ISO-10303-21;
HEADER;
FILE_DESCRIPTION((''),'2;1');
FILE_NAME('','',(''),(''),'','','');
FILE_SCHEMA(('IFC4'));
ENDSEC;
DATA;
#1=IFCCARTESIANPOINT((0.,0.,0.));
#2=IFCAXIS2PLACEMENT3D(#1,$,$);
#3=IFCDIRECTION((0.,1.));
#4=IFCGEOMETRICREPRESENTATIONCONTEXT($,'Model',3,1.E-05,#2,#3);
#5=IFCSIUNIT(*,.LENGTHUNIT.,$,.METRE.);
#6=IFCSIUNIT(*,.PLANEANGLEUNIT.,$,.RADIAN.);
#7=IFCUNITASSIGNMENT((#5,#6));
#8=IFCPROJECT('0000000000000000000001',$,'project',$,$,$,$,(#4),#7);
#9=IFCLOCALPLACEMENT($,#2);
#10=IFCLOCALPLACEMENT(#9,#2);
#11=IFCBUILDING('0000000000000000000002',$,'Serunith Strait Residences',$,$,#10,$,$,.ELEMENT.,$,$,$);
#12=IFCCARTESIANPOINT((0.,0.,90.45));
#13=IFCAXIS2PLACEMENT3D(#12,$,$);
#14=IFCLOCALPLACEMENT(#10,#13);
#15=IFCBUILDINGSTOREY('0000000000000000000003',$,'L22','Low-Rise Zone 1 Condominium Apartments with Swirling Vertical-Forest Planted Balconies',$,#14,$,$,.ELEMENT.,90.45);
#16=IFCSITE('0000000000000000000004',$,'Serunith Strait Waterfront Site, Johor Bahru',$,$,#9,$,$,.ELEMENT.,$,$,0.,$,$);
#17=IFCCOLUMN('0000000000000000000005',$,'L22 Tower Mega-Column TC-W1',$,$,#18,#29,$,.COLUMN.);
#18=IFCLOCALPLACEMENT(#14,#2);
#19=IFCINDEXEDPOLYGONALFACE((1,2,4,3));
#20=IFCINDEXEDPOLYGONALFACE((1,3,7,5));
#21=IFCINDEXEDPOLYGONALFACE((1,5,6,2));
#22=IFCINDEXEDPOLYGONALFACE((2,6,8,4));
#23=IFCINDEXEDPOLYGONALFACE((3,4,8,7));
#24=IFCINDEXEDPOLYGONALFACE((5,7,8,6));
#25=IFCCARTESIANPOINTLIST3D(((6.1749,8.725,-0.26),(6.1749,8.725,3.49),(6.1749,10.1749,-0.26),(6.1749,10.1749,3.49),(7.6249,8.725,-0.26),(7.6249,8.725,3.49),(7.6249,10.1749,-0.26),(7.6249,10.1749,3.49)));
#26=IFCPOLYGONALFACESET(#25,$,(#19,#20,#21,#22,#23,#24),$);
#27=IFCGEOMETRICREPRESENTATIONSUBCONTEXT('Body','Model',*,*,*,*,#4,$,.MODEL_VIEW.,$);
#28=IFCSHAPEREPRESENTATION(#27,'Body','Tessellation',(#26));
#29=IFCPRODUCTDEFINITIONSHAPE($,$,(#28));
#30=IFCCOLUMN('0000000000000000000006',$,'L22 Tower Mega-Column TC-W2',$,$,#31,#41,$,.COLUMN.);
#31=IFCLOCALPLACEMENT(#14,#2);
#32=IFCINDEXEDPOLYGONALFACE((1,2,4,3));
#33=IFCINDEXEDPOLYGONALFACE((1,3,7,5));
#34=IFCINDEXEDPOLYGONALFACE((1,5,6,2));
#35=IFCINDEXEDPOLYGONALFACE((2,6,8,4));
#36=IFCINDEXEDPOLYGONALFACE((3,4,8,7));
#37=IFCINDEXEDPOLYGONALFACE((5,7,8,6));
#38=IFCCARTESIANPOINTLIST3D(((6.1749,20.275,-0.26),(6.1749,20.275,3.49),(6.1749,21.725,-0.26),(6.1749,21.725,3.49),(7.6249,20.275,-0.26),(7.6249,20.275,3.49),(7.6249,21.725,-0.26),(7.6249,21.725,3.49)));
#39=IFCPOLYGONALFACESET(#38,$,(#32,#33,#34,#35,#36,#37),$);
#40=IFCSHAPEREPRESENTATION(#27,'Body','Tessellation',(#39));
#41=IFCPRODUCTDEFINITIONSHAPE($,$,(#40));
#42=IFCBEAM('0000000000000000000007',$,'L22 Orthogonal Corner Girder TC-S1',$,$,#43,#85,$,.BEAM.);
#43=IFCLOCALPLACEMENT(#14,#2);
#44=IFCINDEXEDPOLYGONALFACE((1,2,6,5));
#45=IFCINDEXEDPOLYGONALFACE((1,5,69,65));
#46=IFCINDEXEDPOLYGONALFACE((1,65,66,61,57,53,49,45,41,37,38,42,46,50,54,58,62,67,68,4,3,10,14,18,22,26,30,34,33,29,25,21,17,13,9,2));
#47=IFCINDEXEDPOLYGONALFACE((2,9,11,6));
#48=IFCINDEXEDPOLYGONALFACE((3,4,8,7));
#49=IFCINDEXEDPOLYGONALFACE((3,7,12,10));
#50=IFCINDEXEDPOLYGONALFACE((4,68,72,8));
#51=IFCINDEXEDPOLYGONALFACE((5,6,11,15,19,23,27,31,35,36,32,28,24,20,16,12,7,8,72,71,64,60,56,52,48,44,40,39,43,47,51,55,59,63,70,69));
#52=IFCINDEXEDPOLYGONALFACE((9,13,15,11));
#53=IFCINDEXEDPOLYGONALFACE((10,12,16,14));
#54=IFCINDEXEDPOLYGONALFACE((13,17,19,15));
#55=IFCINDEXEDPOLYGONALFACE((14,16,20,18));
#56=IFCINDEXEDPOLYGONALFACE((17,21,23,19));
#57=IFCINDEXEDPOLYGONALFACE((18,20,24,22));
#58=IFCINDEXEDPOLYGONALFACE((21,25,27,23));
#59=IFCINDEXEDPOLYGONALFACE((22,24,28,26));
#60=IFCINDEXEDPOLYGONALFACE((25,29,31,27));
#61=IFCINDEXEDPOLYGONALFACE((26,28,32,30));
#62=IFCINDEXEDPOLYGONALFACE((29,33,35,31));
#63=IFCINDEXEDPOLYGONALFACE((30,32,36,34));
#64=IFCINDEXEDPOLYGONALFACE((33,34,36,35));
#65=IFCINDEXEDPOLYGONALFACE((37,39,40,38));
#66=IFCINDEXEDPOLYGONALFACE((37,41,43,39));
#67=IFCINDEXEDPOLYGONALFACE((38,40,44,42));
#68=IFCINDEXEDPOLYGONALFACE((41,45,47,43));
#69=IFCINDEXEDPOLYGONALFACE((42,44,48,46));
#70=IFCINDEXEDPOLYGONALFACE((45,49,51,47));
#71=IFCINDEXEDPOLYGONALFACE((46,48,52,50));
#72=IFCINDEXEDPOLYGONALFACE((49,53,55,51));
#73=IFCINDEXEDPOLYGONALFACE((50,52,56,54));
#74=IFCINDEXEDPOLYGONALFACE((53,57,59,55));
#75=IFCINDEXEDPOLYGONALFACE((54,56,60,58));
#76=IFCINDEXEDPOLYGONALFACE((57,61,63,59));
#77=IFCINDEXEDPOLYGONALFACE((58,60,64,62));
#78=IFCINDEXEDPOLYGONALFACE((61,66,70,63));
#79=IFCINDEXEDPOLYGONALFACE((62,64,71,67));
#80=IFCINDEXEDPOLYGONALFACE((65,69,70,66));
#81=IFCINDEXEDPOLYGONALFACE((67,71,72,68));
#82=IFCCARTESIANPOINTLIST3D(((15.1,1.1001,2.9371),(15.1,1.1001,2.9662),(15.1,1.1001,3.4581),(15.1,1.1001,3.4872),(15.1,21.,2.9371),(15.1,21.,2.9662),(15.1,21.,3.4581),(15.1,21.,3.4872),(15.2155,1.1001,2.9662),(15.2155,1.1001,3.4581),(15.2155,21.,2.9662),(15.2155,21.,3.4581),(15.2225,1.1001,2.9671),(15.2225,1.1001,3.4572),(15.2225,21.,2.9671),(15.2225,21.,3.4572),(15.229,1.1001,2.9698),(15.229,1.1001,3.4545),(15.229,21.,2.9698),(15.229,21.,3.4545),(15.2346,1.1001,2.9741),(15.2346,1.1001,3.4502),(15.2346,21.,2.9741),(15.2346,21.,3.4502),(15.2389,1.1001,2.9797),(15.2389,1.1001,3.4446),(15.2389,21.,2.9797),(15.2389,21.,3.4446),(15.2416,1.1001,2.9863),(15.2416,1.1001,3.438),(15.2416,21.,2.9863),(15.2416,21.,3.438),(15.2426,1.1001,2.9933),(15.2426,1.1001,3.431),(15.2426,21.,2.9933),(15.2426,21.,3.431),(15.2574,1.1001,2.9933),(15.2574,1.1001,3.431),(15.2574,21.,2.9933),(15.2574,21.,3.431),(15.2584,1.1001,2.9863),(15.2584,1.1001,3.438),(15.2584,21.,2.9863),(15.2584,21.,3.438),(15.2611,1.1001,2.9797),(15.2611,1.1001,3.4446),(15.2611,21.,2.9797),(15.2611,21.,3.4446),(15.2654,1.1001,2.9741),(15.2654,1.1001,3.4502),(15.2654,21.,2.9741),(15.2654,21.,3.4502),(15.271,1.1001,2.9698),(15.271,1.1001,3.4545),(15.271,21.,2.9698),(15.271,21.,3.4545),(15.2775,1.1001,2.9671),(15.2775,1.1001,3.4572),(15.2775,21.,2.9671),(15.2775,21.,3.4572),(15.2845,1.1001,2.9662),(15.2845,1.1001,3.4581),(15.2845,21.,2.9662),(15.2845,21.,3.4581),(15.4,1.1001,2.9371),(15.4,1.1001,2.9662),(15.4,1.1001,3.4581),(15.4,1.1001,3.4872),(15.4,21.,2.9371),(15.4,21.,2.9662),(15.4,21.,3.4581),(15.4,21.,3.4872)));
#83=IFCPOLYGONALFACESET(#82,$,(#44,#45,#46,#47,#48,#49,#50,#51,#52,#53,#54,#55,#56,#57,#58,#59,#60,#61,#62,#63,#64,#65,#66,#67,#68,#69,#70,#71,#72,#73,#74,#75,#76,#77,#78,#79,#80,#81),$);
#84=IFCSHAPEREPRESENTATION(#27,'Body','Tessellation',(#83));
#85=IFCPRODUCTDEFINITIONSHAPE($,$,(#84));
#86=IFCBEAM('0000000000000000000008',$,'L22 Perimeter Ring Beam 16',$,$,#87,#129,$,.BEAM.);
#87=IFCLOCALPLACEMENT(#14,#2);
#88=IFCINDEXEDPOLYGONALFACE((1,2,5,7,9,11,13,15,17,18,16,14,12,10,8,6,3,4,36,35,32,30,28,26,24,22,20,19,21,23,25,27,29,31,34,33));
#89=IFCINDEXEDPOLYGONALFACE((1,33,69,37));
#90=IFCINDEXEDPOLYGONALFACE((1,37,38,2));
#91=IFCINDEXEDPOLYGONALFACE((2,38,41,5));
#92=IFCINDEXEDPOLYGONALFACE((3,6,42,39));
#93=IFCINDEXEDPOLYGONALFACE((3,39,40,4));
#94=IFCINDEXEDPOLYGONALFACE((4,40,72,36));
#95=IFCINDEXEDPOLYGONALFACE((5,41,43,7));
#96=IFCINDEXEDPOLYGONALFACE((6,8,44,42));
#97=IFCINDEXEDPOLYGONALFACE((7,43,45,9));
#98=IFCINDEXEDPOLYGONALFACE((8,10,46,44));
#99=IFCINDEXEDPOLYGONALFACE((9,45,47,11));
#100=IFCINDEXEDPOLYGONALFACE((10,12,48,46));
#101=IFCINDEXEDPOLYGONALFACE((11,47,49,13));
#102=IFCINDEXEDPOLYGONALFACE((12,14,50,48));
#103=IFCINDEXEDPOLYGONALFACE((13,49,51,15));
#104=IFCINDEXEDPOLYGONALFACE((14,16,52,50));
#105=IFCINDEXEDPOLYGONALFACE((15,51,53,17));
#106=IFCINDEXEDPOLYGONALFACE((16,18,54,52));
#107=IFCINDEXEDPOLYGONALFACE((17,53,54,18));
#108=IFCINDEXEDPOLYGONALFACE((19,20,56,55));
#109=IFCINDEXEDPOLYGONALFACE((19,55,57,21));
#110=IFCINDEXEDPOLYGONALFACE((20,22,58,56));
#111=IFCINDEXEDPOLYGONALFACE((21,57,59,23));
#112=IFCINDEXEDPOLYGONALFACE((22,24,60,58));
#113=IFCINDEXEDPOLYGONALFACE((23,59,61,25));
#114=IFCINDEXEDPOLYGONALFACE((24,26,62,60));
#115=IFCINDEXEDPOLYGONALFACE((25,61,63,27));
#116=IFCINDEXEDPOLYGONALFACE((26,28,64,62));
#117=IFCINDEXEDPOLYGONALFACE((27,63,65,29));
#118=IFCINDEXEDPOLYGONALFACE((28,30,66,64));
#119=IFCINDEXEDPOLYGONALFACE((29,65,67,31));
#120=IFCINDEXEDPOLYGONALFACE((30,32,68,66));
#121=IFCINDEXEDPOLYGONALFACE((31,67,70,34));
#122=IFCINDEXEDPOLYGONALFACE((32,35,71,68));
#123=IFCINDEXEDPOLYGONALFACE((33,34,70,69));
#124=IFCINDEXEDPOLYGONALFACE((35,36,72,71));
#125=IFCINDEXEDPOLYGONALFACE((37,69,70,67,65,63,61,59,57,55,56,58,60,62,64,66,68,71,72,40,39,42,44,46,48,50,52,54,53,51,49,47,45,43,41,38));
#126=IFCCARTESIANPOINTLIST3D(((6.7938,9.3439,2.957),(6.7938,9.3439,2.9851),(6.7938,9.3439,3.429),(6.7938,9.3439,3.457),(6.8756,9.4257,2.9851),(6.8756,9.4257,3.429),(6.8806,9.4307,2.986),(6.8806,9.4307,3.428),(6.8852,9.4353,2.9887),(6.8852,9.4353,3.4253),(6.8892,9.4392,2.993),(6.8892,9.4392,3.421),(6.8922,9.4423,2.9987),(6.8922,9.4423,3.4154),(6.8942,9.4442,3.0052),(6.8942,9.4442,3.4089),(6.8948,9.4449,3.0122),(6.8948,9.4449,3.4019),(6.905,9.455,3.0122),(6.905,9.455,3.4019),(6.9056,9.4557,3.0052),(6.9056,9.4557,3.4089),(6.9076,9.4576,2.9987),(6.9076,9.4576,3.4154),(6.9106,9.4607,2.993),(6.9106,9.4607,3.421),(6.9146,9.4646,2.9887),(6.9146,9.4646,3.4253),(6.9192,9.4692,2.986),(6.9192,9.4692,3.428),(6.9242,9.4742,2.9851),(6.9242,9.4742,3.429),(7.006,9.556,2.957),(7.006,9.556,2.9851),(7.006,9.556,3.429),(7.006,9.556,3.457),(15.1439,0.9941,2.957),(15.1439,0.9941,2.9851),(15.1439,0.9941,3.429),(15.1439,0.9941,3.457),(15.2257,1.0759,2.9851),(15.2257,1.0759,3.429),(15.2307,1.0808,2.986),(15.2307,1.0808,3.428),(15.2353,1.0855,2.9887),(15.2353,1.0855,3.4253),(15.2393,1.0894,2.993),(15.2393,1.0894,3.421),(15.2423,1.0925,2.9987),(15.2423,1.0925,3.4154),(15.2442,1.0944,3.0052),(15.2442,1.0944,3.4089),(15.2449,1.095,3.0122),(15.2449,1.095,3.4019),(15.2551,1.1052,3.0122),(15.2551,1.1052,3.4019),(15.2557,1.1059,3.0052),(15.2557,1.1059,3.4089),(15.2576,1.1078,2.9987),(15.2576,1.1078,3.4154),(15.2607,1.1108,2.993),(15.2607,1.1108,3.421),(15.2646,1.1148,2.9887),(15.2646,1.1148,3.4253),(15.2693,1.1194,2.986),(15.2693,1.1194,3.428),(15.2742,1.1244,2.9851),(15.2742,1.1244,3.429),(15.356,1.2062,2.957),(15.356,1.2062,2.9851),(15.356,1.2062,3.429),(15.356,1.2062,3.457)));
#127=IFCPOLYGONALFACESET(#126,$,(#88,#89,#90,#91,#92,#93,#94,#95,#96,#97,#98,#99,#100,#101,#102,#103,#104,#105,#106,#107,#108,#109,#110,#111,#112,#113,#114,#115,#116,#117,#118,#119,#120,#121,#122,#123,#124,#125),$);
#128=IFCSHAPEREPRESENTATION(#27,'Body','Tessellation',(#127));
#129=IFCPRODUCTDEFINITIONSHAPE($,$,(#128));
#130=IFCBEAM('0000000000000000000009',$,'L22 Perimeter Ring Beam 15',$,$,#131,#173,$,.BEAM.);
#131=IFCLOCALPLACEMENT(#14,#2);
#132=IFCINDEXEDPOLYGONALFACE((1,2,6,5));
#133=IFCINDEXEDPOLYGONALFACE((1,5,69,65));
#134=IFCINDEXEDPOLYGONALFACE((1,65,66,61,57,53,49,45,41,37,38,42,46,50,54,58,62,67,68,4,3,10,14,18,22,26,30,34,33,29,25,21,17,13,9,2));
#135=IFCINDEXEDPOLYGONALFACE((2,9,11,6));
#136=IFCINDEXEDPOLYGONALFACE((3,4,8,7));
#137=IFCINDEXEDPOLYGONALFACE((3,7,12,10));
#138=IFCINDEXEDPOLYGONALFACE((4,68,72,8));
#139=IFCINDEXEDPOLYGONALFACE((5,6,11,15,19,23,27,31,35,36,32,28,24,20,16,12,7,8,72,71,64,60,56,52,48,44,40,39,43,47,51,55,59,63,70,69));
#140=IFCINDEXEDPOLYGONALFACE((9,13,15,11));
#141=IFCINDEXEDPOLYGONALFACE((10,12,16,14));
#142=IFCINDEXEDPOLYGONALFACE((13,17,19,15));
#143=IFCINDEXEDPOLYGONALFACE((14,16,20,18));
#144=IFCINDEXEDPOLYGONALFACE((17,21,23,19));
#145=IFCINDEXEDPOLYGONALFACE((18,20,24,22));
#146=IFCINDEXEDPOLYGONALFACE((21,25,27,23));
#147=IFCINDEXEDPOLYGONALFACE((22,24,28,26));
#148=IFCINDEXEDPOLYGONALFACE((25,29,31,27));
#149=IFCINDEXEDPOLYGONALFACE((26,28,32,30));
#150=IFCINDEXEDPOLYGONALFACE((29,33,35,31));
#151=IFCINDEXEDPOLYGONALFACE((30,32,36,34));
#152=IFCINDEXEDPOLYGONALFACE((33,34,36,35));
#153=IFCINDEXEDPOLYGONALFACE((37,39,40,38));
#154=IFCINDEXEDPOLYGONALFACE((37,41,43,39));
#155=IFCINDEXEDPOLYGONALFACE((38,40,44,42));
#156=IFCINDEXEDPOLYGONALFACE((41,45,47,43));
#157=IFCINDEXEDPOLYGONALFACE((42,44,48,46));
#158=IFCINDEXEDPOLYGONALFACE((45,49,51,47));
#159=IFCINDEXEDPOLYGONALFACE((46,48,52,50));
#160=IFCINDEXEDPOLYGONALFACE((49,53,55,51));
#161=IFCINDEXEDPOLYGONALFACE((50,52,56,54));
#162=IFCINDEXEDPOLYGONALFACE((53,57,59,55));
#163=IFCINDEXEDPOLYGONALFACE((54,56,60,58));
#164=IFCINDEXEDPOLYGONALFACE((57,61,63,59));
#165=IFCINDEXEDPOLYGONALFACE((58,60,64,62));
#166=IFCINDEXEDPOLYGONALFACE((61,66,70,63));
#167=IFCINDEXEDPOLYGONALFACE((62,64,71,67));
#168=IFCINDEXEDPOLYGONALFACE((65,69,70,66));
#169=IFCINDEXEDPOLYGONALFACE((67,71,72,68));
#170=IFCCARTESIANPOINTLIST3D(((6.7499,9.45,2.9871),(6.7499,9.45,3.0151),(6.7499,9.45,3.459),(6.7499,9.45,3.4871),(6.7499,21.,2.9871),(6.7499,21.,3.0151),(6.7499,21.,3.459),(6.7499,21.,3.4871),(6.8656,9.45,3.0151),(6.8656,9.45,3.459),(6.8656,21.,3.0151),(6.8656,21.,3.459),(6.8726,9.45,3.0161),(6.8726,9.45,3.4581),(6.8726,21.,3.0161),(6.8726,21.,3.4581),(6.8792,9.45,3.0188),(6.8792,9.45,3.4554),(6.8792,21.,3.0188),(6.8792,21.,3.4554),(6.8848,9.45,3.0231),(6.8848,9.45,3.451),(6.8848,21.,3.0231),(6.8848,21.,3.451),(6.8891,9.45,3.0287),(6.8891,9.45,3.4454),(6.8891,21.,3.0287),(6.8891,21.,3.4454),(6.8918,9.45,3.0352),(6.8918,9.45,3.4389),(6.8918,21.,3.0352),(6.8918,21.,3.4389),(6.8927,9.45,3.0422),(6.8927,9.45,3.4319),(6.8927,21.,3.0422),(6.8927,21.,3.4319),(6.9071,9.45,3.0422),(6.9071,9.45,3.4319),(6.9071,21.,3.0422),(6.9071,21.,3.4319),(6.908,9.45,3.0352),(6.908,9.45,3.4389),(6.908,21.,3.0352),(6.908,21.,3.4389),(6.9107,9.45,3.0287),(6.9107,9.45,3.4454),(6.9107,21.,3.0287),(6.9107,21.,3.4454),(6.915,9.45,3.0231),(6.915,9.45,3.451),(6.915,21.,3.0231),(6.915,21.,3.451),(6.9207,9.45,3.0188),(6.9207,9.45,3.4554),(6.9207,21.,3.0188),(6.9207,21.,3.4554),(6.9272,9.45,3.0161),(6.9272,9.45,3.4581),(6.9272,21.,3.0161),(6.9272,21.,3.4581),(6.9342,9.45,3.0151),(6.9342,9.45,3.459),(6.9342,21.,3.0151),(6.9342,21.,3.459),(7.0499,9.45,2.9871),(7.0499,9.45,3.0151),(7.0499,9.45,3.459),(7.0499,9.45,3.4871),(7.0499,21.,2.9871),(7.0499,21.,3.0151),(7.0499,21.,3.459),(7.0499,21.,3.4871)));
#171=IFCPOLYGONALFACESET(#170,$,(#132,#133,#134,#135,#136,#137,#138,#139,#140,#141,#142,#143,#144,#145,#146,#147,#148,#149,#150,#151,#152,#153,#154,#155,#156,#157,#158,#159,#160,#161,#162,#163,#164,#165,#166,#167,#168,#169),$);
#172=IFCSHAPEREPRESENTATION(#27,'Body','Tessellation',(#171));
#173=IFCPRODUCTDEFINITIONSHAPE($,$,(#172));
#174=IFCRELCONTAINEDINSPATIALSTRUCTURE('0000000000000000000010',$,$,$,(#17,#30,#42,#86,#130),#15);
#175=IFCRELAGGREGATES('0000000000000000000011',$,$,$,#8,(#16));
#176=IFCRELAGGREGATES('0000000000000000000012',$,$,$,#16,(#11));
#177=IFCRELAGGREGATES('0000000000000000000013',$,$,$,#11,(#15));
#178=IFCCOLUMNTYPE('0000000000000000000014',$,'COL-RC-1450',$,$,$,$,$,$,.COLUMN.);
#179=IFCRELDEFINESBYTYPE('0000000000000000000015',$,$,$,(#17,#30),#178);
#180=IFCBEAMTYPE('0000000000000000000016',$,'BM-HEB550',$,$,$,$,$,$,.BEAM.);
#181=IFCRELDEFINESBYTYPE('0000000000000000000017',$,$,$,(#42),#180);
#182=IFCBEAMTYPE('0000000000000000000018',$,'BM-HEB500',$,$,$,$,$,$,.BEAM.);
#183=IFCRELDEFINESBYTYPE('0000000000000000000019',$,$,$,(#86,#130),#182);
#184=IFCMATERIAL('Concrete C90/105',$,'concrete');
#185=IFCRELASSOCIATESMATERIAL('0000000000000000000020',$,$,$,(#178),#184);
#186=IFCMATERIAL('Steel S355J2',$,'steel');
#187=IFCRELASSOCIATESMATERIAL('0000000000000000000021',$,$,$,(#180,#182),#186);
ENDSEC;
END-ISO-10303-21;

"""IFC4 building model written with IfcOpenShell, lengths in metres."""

from ifc_helpers import new_model, si_unit, direction, frame, origin, origin_2d, place, context, subcontext, project, spatial, rectangle, i_section, extrude, source, transform, mapped, material, material_profile, profile_set, type_object, element, save


model = new_model("IFC4")

# Units and contexts
model_context = context("Model", 3, precision=1e-05, world=origin(), true_north=direction((0.0, 1.0)))
body_context = subcontext(model_context, "Body", "Model", "MODEL_VIEW")
ifc_project = project(units=[si_unit("LENGTHUNIT", "METRE"), si_unit("PLANEANGLEUNIT", "RADIAN")], contexts=[model_context])

# Site, building, storey
site_placement = place(None, origin())
site = spatial("IfcSite", under=ifc_project, at=site_placement, Name="Serunith Strait Waterfront Site, Johor Bahru", CompositionType="ELEMENT", RefElevation=0.0)
building_placement = place(site_placement, origin())
building = spatial("IfcBuilding", under=site, at=building_placement, Name="Serunith Strait Residences", CompositionType="ELEMENT")
storey_placement = place(building_placement, frame((0.0, 0.0, 90.45)))
storey = spatial("IfcBuildingStorey", under=building, at=storey_placement, Name="L22", Description="Low-Rise Zone 1 Condominium Apartments with Swirling Vertical-Forest Planted Balconies", CompositionType="ELEMENT", Elevation=90.45)

# Columns
ifc_material_1 = material(Name="Concrete C90/105", Category="concrete")
ifc_material_profile_1 = material_profile(ifc_material_1, rectangle(XDim=1.45, YDim=1.45, at=origin_2d()), Name="RC 1450x1450")
ifc_profile_set_1 = profile_set([ifc_material_profile_1], Name="Concrete C90/105")
column_type = type_object("IfcColumnType", Name="COL-RC-1450", PredefinedType="COLUMN", material=ifc_profile_set_1)
shared_shape_1 = source(origin(), body_context, "Body", "SweptSolid", [
    extrude(rectangle(XDim=1.45, YDim=1.45, at=origin_2d()), origin(), (0.0, 0.0, 1.0), 3.75),
])
for number, where, z_axis, x_axis, name in (
    (1, (6.8999, 9.45, -0.26), (0.0, 0.0, 1.0), (1.0, 0.0, 0.0), "L22 Tower Mega-Column TC-W1"),
    (2, (6.8999, 21.0, -0.26), (0.0, 0.0, 1.0), (1.0, 0.0, 0.0), "L22 Tower Mega-Column TC-W2"),
):
    element("IfcColumn", number, at=place(storey_placement, frame(where, z_axis=z_axis, x_axis=x_axis)), inside=storey, type_object=column_type, Name=name, PredefinedType="COLUMN", context=body_context, shape_type="MappedRepresentation", body=[
        mapped(shared_shape_1, transform((0.0, 0.0, 0.0), scale=1.0)),
    ])

# Beams
ifc_material_2 = material(Name="Steel S355J2", Category="steel")
ifc_material_profile_2 = material_profile(ifc_material_2, i_section(OverallWidth=0.3, OverallDepth=0.55, WebThickness=0.0149, FlangeThickness=0.0291, FilletRadius=0.0271, at=origin_2d()), Name="HEB 550")
ifc_profile_set_2 = profile_set([ifc_material_profile_2], Name="Steel S355J2")
beam_type_1 = type_object("IfcBeamType", Name="BM-HEB550", PredefinedType="BEAM", material=ifc_profile_set_2)
shared_shape_2 = source(origin(), body_context, "Body", "SweptSolid", [
    extrude(i_section(OverallWidth=0.3, OverallDepth=0.55, WebThickness=0.0149, FlangeThickness=0.0291, FilletRadius=0.0271, at=origin_2d()), origin(), (0.0, 0.0, 1.0), 19.8999),
])
beam_1_placement = place(storey_placement, frame((15.25, 21.0, 3.2122), z_axis=(0.0, -1.0, 0.0), x_axis=(1.0, 0.0, 0.0)))
element("IfcBeam", 3, at=beam_1_placement, inside=storey, type_object=beam_type_1, Name="L22 Orthogonal Corner Girder TC-S1", PredefinedType="BEAM", context=body_context, shape_type="MappedRepresentation", body=[
    mapped(shared_shape_2, transform((0.0, 0.0, 0.0), scale=1.0)),
])
ifc_material_profile_3 = material_profile(ifc_material_2, i_section(OverallWidth=0.3, OverallDepth=0.5, WebThickness=0.0144, FlangeThickness=0.0281, FilletRadius=0.0271, at=origin_2d()), Name="HEB 500")
ifc_profile_set_3 = profile_set([ifc_material_profile_3], Name="Steel S355J2")
beam_type_2 = type_object("IfcBeamType", Name="BM-HEB500", PredefinedType="BEAM", material=ifc_profile_set_3)
shared_shape_3 = source(origin(), body_context, "Body", "SweptSolid", [
    extrude(i_section(OverallWidth=0.3, OverallDepth=0.5, WebThickness=0.0144, FlangeThickness=0.0281, FilletRadius=0.0271, at=origin_2d()), origin(), (0.0, 0.0, 1.0), 11.8086),
])
beam_2_placement = place(storey_placement, frame((6.8999, 9.45, 3.207), z_axis=(0.707117, -0.707096, 0.0), x_axis=(0.707096, 0.707117, 0.0)))
element("IfcBeam", 4, at=beam_2_placement, inside=storey, type_object=beam_type_2, Name="L22 Perimeter Ring Beam 16", PredefinedType="BEAM", context=body_context, shape_type="MappedRepresentation", body=[
    mapped(shared_shape_3, transform((0.0, 0.0, 0.0), scale=1.0)),
])
shared_shape_4 = source(origin(), body_context, "Body", "SweptSolid", [
    extrude(i_section(OverallWidth=0.3, OverallDepth=0.5, WebThickness=0.0144, FlangeThickness=0.0281, FilletRadius=0.0271, at=origin_2d()), origin(), (0.0, 0.0, 1.0), 11.55),
])
beam_3_placement = place(storey_placement, frame((6.8999, 21.0, 3.2371), z_axis=(0.0, -1.0, 0.0), x_axis=(1.0, 0.0, 0.0)))
element("IfcBeam", 5, at=beam_3_placement, inside=storey, type_object=beam_type_2, Name="L22 Perimeter Ring Beam 15", PredefinedType="BEAM", context=body_context, shape_type="MappedRepresentation", body=[
    mapped(shared_shape_4, transform((0.0, 0.0, 0.0), scale=1.0)),
])

save(model, "model.ifc")
